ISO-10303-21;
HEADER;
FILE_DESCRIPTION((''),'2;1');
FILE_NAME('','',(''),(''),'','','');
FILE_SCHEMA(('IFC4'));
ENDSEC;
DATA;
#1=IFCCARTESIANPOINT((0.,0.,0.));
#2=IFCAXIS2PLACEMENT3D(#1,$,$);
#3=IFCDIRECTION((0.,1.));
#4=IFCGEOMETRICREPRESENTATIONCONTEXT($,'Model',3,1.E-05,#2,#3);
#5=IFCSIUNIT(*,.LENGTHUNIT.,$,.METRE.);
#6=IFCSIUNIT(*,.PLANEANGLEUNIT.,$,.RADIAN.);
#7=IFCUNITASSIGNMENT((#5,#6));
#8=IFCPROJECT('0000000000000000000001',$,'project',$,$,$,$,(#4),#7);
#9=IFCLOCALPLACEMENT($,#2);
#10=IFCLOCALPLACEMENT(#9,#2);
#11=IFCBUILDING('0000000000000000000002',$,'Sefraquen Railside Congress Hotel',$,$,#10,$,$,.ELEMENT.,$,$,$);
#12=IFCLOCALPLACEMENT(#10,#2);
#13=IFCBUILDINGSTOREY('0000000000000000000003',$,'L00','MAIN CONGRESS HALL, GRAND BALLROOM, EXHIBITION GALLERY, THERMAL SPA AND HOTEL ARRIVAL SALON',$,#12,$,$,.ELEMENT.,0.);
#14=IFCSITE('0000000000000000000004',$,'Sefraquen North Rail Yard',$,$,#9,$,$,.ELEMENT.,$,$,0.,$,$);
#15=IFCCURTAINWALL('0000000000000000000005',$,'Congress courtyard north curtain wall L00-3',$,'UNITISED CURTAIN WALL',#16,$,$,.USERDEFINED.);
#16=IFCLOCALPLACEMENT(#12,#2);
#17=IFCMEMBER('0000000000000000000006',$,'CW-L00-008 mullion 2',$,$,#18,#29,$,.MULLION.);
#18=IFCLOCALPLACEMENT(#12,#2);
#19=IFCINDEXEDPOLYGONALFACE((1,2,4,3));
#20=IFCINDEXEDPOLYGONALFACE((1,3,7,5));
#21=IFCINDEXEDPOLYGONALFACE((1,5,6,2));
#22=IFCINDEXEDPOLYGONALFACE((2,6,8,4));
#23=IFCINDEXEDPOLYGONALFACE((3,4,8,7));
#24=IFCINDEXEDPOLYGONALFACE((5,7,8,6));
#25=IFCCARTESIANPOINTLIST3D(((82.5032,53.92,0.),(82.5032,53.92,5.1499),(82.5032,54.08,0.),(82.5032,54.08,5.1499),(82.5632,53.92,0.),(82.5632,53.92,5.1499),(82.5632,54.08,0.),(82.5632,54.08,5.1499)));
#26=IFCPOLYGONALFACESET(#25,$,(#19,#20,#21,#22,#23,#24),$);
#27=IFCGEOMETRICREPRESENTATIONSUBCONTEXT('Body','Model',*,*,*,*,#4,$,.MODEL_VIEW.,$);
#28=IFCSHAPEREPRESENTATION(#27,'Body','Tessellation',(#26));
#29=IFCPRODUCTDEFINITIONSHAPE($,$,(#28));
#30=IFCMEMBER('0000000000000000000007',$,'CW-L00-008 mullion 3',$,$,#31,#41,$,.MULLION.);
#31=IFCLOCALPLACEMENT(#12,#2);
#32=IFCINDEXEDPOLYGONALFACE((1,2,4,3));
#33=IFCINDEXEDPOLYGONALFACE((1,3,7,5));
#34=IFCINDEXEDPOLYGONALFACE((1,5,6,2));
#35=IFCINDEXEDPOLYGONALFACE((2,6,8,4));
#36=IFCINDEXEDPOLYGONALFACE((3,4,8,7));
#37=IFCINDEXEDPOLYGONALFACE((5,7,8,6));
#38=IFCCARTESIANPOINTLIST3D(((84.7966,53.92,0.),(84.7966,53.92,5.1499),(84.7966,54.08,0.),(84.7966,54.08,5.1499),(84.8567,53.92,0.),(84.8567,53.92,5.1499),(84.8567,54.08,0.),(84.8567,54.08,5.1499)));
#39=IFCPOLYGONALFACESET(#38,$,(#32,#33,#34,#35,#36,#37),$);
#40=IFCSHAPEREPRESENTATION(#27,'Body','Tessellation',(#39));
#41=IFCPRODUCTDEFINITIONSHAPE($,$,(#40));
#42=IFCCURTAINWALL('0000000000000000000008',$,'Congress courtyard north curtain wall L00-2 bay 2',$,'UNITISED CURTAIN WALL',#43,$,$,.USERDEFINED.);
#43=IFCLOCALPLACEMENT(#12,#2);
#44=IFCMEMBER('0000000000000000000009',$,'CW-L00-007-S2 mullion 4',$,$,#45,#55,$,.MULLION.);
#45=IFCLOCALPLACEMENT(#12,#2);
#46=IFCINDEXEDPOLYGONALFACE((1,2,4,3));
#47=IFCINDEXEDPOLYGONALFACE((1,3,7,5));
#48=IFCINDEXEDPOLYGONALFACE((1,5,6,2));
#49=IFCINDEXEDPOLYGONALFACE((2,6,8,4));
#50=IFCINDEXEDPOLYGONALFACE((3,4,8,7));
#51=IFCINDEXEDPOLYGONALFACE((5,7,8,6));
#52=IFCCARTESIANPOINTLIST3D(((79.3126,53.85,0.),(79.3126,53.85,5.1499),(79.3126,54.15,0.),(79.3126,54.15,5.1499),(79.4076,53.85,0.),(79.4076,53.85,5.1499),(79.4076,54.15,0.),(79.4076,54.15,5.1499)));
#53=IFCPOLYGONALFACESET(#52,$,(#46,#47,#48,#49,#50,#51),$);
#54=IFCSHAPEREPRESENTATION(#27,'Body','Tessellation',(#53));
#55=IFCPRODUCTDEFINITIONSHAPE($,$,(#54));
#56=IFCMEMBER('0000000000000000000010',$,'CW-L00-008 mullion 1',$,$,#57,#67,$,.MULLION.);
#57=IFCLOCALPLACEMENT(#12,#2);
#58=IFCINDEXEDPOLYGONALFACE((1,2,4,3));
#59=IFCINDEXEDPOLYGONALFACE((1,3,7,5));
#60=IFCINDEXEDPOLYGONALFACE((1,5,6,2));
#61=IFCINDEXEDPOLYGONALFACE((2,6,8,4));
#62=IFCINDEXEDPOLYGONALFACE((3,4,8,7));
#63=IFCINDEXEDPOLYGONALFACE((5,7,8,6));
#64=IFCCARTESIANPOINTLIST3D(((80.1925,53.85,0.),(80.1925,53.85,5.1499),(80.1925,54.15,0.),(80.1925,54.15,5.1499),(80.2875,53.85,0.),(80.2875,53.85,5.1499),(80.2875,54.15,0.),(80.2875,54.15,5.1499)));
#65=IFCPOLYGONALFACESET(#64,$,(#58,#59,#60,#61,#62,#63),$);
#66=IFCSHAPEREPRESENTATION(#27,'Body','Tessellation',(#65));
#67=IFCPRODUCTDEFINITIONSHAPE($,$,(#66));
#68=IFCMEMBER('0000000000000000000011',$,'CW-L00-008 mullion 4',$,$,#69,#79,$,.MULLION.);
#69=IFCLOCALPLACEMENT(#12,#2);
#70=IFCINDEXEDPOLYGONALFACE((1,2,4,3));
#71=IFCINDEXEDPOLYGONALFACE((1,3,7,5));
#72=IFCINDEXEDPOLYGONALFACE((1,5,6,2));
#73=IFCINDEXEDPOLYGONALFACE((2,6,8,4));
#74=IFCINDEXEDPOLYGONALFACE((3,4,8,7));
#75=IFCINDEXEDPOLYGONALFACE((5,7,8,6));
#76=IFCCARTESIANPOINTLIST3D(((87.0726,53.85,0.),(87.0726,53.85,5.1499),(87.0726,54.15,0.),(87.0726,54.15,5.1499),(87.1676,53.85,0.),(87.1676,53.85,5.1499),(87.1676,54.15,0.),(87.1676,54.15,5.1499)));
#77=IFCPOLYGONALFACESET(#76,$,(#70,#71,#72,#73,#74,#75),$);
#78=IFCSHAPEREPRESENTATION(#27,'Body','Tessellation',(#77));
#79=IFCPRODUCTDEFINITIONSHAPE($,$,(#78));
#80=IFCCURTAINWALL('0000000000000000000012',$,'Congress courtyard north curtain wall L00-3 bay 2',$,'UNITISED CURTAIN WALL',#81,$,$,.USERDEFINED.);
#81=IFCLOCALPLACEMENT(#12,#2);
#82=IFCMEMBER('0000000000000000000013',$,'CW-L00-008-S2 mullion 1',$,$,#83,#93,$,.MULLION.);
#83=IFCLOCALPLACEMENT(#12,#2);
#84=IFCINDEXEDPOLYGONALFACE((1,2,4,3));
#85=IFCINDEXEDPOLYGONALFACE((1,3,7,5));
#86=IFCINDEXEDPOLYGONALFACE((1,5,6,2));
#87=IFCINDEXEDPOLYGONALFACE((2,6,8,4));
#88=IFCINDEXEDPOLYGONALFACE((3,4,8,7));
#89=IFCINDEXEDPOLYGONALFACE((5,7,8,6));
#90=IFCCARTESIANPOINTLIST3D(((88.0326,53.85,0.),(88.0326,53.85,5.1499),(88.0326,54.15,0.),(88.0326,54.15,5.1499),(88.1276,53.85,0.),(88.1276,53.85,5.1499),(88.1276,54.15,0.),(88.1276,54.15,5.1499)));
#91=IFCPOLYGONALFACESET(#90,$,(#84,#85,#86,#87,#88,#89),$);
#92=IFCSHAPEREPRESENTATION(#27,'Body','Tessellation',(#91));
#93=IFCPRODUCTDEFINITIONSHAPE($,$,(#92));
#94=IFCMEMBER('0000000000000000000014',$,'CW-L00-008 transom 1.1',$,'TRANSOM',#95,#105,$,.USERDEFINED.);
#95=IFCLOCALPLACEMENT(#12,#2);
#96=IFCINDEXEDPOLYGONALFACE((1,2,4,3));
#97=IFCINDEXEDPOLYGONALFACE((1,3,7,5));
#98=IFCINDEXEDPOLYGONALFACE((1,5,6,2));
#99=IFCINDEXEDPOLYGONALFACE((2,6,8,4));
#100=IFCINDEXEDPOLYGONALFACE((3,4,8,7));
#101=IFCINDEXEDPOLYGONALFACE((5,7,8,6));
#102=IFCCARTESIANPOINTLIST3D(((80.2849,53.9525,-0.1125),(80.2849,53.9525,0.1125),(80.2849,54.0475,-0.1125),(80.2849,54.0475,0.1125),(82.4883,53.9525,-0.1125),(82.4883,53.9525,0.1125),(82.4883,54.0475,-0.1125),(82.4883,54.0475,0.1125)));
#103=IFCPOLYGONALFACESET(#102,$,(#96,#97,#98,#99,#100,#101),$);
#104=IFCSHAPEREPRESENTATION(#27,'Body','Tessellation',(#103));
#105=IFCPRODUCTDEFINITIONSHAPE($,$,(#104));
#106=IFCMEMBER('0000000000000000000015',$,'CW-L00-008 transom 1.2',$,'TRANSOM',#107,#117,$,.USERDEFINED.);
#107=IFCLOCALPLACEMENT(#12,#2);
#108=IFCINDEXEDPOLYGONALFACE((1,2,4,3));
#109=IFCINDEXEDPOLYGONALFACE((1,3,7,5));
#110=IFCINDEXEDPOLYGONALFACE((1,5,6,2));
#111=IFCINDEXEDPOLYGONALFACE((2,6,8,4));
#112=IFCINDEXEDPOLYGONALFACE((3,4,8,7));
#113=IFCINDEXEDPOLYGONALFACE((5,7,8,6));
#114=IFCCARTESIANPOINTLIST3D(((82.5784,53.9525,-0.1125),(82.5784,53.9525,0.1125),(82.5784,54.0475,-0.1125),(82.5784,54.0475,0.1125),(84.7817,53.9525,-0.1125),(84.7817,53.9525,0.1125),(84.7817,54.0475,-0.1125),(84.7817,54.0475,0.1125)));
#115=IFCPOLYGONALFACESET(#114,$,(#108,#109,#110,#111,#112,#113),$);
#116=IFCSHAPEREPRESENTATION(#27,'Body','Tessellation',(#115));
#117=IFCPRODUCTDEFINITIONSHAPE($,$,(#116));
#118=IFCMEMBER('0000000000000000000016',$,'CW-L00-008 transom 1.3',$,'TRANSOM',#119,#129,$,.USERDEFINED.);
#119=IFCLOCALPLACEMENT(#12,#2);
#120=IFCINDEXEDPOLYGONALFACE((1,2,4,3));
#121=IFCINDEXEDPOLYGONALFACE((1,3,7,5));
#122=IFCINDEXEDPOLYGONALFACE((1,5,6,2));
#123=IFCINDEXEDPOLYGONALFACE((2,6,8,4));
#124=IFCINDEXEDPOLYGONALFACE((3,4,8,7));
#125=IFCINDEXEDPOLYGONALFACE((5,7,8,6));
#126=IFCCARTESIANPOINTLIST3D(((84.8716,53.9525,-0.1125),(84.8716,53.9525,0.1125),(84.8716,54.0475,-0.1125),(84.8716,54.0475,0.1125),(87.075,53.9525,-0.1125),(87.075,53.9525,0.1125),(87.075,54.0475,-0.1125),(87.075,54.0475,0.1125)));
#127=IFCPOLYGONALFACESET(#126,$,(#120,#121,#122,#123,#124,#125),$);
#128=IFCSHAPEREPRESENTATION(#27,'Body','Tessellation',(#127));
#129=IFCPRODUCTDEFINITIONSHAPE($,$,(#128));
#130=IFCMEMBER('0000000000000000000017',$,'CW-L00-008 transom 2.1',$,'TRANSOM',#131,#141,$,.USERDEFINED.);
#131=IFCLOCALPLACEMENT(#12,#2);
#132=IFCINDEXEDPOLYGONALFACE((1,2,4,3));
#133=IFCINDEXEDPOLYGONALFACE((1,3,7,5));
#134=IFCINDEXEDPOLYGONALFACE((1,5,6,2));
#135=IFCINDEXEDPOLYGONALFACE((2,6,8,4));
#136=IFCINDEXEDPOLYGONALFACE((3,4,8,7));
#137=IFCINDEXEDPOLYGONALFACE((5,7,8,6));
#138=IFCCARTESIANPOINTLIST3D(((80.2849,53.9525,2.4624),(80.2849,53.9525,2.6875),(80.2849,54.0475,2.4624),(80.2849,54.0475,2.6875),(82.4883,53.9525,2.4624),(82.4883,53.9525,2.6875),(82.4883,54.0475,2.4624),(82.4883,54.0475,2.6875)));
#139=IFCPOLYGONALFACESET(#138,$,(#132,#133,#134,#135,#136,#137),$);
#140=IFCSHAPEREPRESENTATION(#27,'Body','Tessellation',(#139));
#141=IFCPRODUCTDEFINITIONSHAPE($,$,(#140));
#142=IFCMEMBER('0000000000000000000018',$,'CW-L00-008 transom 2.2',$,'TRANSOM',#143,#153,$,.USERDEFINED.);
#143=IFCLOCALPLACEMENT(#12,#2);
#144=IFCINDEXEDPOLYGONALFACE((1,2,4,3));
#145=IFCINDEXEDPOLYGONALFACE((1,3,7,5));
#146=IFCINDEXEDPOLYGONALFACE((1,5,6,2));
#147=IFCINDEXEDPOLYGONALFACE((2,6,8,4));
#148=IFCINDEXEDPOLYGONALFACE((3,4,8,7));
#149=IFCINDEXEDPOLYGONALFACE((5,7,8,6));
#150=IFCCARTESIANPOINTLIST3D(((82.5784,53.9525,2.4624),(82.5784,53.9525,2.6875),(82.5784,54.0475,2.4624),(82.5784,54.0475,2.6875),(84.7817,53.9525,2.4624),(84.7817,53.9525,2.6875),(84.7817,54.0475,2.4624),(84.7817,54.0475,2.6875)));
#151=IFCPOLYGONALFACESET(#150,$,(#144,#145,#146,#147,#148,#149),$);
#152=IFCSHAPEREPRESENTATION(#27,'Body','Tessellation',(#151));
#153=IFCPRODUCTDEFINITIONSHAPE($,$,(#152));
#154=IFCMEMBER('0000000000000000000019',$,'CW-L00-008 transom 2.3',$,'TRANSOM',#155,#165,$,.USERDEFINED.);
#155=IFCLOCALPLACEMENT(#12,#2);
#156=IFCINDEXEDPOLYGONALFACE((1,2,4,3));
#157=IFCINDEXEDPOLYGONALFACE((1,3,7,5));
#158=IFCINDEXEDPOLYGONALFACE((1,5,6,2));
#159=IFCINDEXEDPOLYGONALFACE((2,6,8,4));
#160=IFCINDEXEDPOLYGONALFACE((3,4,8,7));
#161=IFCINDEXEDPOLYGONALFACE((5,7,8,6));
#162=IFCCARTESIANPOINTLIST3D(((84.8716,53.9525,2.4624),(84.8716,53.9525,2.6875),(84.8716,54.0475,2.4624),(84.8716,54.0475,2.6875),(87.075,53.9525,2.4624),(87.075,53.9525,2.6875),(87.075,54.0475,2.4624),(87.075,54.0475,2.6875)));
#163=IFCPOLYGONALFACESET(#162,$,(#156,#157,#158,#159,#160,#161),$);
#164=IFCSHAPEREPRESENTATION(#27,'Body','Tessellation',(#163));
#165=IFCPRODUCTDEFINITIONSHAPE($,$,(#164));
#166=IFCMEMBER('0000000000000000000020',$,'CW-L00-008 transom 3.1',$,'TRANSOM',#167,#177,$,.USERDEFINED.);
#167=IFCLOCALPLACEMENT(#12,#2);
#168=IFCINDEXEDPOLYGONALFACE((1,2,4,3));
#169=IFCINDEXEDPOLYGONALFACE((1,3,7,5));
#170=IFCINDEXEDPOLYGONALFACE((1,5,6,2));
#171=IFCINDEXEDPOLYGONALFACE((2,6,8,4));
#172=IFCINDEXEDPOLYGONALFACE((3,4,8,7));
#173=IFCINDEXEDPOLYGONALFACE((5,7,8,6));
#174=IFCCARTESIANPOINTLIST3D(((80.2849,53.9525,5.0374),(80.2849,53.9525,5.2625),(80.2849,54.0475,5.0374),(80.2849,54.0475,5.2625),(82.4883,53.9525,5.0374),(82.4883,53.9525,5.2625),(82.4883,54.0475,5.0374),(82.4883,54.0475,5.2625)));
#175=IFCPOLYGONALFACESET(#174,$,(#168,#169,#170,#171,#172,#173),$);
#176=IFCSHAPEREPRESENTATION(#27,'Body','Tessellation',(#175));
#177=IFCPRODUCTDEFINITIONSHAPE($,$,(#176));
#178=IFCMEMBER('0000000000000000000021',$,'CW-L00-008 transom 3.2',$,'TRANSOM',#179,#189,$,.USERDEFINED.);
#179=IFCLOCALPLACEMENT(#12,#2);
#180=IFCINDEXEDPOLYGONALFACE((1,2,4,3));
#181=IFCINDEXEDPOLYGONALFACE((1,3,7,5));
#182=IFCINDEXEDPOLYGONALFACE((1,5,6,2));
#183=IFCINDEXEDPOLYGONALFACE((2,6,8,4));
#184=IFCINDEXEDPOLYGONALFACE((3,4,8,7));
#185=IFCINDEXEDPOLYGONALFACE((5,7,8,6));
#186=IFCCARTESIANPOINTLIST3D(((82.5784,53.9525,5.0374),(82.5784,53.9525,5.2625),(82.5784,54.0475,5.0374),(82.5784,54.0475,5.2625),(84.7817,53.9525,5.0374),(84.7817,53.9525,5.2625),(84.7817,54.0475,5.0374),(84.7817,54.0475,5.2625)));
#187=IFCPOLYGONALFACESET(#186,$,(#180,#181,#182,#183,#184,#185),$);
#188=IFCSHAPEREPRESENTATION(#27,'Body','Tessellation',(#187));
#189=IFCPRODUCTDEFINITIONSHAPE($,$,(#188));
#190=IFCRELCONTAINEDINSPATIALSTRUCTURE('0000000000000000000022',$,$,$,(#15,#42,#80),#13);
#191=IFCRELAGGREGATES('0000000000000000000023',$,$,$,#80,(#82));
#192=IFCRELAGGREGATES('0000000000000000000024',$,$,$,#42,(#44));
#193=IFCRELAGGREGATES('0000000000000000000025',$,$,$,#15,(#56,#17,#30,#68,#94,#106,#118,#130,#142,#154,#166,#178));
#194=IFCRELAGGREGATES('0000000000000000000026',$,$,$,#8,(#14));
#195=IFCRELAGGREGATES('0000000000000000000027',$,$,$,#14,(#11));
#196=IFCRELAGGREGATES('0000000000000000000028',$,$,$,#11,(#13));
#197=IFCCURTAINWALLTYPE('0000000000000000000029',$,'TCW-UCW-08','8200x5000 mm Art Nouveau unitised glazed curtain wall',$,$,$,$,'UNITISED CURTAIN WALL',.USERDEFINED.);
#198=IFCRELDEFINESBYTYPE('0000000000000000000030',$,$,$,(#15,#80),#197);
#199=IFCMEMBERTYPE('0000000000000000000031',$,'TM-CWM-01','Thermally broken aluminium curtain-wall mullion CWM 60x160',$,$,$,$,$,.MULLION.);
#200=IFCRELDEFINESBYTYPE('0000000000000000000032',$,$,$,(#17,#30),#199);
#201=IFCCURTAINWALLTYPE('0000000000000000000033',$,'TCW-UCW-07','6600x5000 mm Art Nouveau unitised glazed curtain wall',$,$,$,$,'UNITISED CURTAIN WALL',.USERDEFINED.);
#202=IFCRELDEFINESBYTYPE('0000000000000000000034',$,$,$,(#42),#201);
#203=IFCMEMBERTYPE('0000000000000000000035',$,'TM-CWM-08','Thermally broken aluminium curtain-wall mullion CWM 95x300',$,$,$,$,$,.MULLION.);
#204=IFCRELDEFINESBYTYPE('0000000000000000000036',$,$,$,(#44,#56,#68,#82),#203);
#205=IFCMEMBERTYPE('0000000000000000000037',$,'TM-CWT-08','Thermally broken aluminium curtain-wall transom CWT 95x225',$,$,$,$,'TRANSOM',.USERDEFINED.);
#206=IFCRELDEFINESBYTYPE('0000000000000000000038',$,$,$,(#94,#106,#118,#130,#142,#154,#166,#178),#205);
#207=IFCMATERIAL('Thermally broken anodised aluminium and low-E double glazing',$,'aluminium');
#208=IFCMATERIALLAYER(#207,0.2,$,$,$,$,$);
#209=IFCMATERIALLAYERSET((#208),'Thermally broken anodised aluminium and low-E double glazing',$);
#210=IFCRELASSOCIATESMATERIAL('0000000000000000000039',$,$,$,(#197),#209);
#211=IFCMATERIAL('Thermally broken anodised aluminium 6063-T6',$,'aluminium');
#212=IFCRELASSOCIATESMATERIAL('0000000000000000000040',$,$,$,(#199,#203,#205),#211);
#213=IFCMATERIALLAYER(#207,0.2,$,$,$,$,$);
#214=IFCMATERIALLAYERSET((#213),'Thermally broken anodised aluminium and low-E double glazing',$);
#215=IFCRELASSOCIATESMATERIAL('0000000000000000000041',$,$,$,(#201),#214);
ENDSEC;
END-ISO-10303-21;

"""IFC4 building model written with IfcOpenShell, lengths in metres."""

from ifc_helpers import new_model, si_unit, direction, frame, origin, origin_2d, place, context, subcontext, project, spatial, rectangle, extrude, material, layer, layer_set, material_profile, profile_set, type_object, element, aggregate, save


model = new_model("IFC4")

# Units and contexts
model_context = context("Model", 3, precision=1e-05, world=origin(), true_north=direction((0.0, 1.0)))
body_context = subcontext(model_context, "Body", "Model", "MODEL_VIEW")
ifc_project = project(units=[si_unit("LENGTHUNIT", "METRE"), si_unit("PLANEANGLEUNIT", "RADIAN")], contexts=[model_context])

# Site, building, storey
site_placement = place(None, origin())
site = spatial("IfcSite", under=ifc_project, at=site_placement, Name="Sefraquen North Rail Yard", CompositionType="ELEMENT", RefElevation=0.0)
building_placement = place(site_placement, origin())
building = spatial("IfcBuilding", under=site, at=building_placement, Name="Sefraquen Railside Congress Hotel", CompositionType="ELEMENT")
storey_placement = place(building_placement, origin())
storey = spatial("IfcBuildingStorey", under=building, at=storey_placement, Name="L00", Description="MAIN CONGRESS HALL, GRAND BALLROOM, EXHIBITION GALLERY, THERMAL SPA AND HOTEL ARRIVAL SALON", CompositionType="ELEMENT", Elevation=0.0)

# Curtain wall, members
ifc_material_1 = material(Name="Thermally broken anodised aluminium and low-E double glazing", Category="aluminium")
ifc_layer_1 = layer(ifc_material_1, 0.2)
ifc_layer_set_1 = layer_set([ifc_layer_1], Name="Thermally broken anodised aluminium and low-E double glazing")
curtain_wall_type_1 = type_object("IfcCurtainWallType", Name="TCW-UCW-08", Description="8200x5000 mm Art Nouveau unitised glazed curtain wall", ElementType="UNITISED CURTAIN WALL", PredefinedType="USERDEFINED", material=ifc_layer_set_1)
curtain_wall_1_placement = place(storey_placement, origin())
curtain_wall_1 = element("IfcCurtainWall", 1, at=curtain_wall_1_placement, inside=storey, type_object=curtain_wall_type_1, Name="Congress courtyard north curtain wall L00-3", ObjectType="UNITISED CURTAIN WALL", PredefinedType="USERDEFINED")
ifc_material_2 = material(Name="Thermally broken anodised aluminium 6063-T6", Category="aluminium")
ifc_material_profile_1 = material_profile(ifc_material_2, rectangle(XDim=0.0601, YDim=0.1599, at=origin_2d()), Name="CWM 60x160")
ifc_profile_set_1 = profile_set([ifc_material_profile_1], Name="Thermally broken anodised aluminium 6063-T6")
member_type_1 = type_object("IfcMemberType", Name="TM-CWM-01", Description="Thermally broken aluminium curtain-wall mullion CWM 60x160", PredefinedType="MULLION", material=ifc_profile_set_1)
member_1_placement = place(storey_placement, frame((82.5332, 54.0, 0.0), z_axis=(0.0, 0.0, 1.0), x_axis=(1.0, 0.0, 0.0)))
member_1 = element("IfcMember", 2, at=member_1_placement, type_object=member_type_1, Name="CW-L00-008 mullion 2", PredefinedType="MULLION", context=body_context, shape_type="SweptSolid", body=[
    extrude(rectangle(XDim=0.0601, YDim=0.1599, at=origin_2d()), origin(), (0.0, 0.0, 1.0), 5.1499),
])
member_2_placement = place(storey_placement, frame((84.8267, 54.0, 0.0), z_axis=(0.0, 0.0, 1.0), x_axis=(1.0, 0.0, 0.0)))
member_2 = element("IfcMember", 3, at=member_2_placement, type_object=member_type_1, Name="CW-L00-008 mullion 3", PredefinedType="MULLION", context=body_context, shape_type="SweptSolid", body=[
    extrude(rectangle(XDim=0.0601, YDim=0.1599, at=origin_2d()), origin(), (0.0, 0.0, 1.0), 5.1499),
])

# Curtain wall, member
ifc_layer_2 = layer(ifc_material_1, 0.2)
ifc_layer_set_2 = layer_set([ifc_layer_2], Name="Thermally broken anodised aluminium and low-E double glazing")
curtain_wall_type_2 = type_object("IfcCurtainWallType", Name="TCW-UCW-07", Description="6600x5000 mm Art Nouveau unitised glazed curtain wall", ElementType="UNITISED CURTAIN WALL", PredefinedType="USERDEFINED", material=ifc_layer_set_2)
curtain_wall_2_placement = place(storey_placement, origin())
curtain_wall_2 = element("IfcCurtainWall", 4, at=curtain_wall_2_placement, inside=storey, type_object=curtain_wall_type_2, Name="Congress courtyard north curtain wall L00-2 bay 2", ObjectType="UNITISED CURTAIN WALL", PredefinedType="USERDEFINED")
ifc_material_profile_2 = material_profile(ifc_material_2, rectangle(XDim=0.095, YDim=0.3, at=origin_2d()), Name="CWM 95x300")
ifc_profile_set_2 = profile_set([ifc_material_profile_2], Name="Thermally broken anodised aluminium 6063-T6")
member_type_2 = type_object("IfcMemberType", Name="TM-CWM-08", Description="Thermally broken aluminium curtain-wall mullion CWM 95x300", PredefinedType="MULLION", material=ifc_profile_set_2)
member_3_placement = place(storey_placement, frame((79.3601, 54.0, 0.0), z_axis=(0.0, 0.0, 1.0), x_axis=(1.0, 0.0, 0.0)))
member_3 = element("IfcMember", 5, at=member_3_placement, type_object=member_type_2, Name="CW-L00-007-S2 mullion 4", PredefinedType="MULLION", context=body_context, shape_type="SweptSolid", body=[
    extrude(rectangle(XDim=0.095, YDim=0.3, at=origin_2d()), origin(), (0.0, 0.0, 1.0), 5.1499),
])

# Members
member_4_placement = place(storey_placement, frame((80.24, 54.0, 0.0), z_axis=(0.0, 0.0, 1.0), x_axis=(1.0, 0.0, 0.0)))
member_4 = element("IfcMember", 6, at=member_4_placement, type_object=member_type_2, Name="CW-L00-008 mullion 1", PredefinedType="MULLION", context=body_context, shape_type="SweptSolid", body=[
    extrude(rectangle(XDim=0.095, YDim=0.3, at=origin_2d()), origin(), (0.0, 0.0, 1.0), 5.1499),
])
member_5_placement = place(storey_placement, frame((87.1201, 54.0, 0.0), z_axis=(0.0, 0.0, 1.0), x_axis=(1.0, 0.0, 0.0)))
member_5 = element("IfcMember", 7, at=member_5_placement, type_object=member_type_2, Name="CW-L00-008 mullion 4", PredefinedType="MULLION", context=body_context, shape_type="SweptSolid", body=[
    extrude(rectangle(XDim=0.095, YDim=0.3, at=origin_2d()), origin(), (0.0, 0.0, 1.0), 5.1499),
])

# Curtain wall, member
curtain_wall_3_placement = place(storey_placement, origin())
curtain_wall_3 = element("IfcCurtainWall", 8, at=curtain_wall_3_placement, inside=storey, type_object=curtain_wall_type_1, Name="Congress courtyard north curtain wall L00-3 bay 2", ObjectType="UNITISED CURTAIN WALL", PredefinedType="USERDEFINED")
member_6_placement = place(storey_placement, frame((88.0801, 54.0, 0.0), z_axis=(0.0, 0.0, 1.0), x_axis=(1.0, 0.0, 0.0)))
member_6 = element("IfcMember", 9, at=member_6_placement, type_object=member_type_2, Name="CW-L00-008-S2 mullion 1", PredefinedType="MULLION", context=body_context, shape_type="SweptSolid", body=[
    extrude(rectangle(XDim=0.095, YDim=0.3, at=origin_2d()), origin(), (0.0, 0.0, 1.0), 5.1499),
])

# Members
ifc_material_profile_3 = material_profile(ifc_material_2, rectangle(XDim=0.095, YDim=0.2251, at=origin_2d()), Name="CWT 95x225")
ifc_profile_set_3 = profile_set([ifc_material_profile_3], Name="Thermally broken anodised aluminium 6063-T6")
member_type_3 = type_object("IfcMemberType", Name="TM-CWT-08", Description="Thermally broken aluminium curtain-wall transom CWT 95x225", ElementType="TRANSOM", PredefinedType="USERDEFINED", material=ifc_profile_set_3)
member_7_placement = place(storey_placement, frame((80.2849, 54.0, 0.0), z_axis=(1.0, 0.0, 0.0), x_axis=(0.0, 1.0, 0.0)))
member_7 = element("IfcMember", 10, at=member_7_placement, type_object=member_type_3, Name="CW-L00-008 transom 1.1", ObjectType="TRANSOM", PredefinedType="USERDEFINED", context=body_context, shape_type="SweptSolid", body=[
    extrude(rectangle(XDim=0.095, YDim=0.2251, at=origin_2d()), origin(), (0.0, 0.0, 1.0), 2.2034),
])
member_8_placement = place(storey_placement, frame((82.5784, 54.0, 0.0), z_axis=(1.0, 0.0, 0.0), x_axis=(0.0, 1.0, 0.0)))
member_8 = element("IfcMember", 11, at=member_8_placement, type_object=member_type_3, Name="CW-L00-008 transom 1.2", ObjectType="TRANSOM", PredefinedType="USERDEFINED", context=body_context, shape_type="SweptSolid", body=[
    extrude(rectangle(XDim=0.095, YDim=0.2251, at=origin_2d()), origin(), (0.0, 0.0, 1.0), 2.2034),
])
member_9_placement = place(storey_placement, frame((84.8716, 54.0, 0.0), z_axis=(1.0, 0.0, 0.0), x_axis=(0.0, 1.0, 0.0)))
member_9 = element("IfcMember", 12, at=member_9_placement, type_object=member_type_3, Name="CW-L00-008 transom 1.3", ObjectType="TRANSOM", PredefinedType="USERDEFINED", context=body_context, shape_type="SweptSolid", body=[
    extrude(rectangle(XDim=0.095, YDim=0.2251, at=origin_2d()), origin(), (0.0, 0.0, 1.0), 2.2034),
])
member_10_placement = place(storey_placement, frame((80.2849, 54.0, 2.575), z_axis=(1.0, 0.0, 0.0), x_axis=(0.0, 1.0, 0.0)))
member_10 = element("IfcMember", 13, at=member_10_placement, type_object=member_type_3, Name="CW-L00-008 transom 2.1", ObjectType="TRANSOM", PredefinedType="USERDEFINED", context=body_context, shape_type="SweptSolid", body=[
    extrude(rectangle(XDim=0.095, YDim=0.2251, at=origin_2d()), origin(), (0.0, 0.0, 1.0), 2.2034),
])
member_11_placement = place(storey_placement, frame((82.5784, 54.0, 2.575), z_axis=(1.0, 0.0, 0.0), x_axis=(0.0, 1.0, 0.0)))
member_11 = element("IfcMember", 14, at=member_11_placement, type_object=member_type_3, Name="CW-L00-008 transom 2.2", ObjectType="TRANSOM", PredefinedType="USERDEFINED", context=body_context, shape_type="SweptSolid", body=[
    extrude(rectangle(XDim=0.095, YDim=0.2251, at=origin_2d()), origin(), (0.0, 0.0, 1.0), 2.2034),
])
member_12_placement = place(storey_placement, frame((84.8716, 54.0, 2.575), z_axis=(1.0, 0.0, 0.0), x_axis=(0.0, 1.0, 0.0)))
member_12 = element("IfcMember", 15, at=member_12_placement, type_object=member_type_3, Name="CW-L00-008 transom 2.3", ObjectType="TRANSOM", PredefinedType="USERDEFINED", context=body_context, shape_type="SweptSolid", body=[
    extrude(rectangle(XDim=0.095, YDim=0.2251, at=origin_2d()), origin(), (0.0, 0.0, 1.0), 2.2034),
])
member_13_placement = place(storey_placement, frame((80.2849, 54.0, 5.1499), z_axis=(1.0, 0.0, 0.0), x_axis=(0.0, 1.0, 0.0)))
member_13 = element("IfcMember", 16, at=member_13_placement, type_object=member_type_3, Name="CW-L00-008 transom 3.1", ObjectType="TRANSOM", PredefinedType="USERDEFINED", context=body_context, shape_type="SweptSolid", body=[
    extrude(rectangle(XDim=0.095, YDim=0.2251, at=origin_2d()), origin(), (0.0, 0.0, 1.0), 2.2034),
])
member_14_placement = place(storey_placement, frame((82.5784, 54.0, 5.1499), z_axis=(1.0, 0.0, 0.0), x_axis=(0.0, 1.0, 0.0)))
member_14 = element("IfcMember", 17, at=member_14_placement, type_object=member_type_3, Name="CW-L00-008 transom 3.2", ObjectType="TRANSOM", PredefinedType="USERDEFINED", context=body_context, shape_type="SweptSolid", body=[
    extrude(rectangle(XDim=0.095, YDim=0.2251, at=origin_2d()), origin(), (0.0, 0.0, 1.0), 2.2034),
])

aggregate(curtain_wall_3, [member_6])
aggregate(curtain_wall_2, [member_3])
aggregate(curtain_wall_1, [member_4, member_1, member_2, member_5, member_7, member_8, member_9, member_10, member_11, member_12, member_13, member_14])

save(model, "model.ifc")
